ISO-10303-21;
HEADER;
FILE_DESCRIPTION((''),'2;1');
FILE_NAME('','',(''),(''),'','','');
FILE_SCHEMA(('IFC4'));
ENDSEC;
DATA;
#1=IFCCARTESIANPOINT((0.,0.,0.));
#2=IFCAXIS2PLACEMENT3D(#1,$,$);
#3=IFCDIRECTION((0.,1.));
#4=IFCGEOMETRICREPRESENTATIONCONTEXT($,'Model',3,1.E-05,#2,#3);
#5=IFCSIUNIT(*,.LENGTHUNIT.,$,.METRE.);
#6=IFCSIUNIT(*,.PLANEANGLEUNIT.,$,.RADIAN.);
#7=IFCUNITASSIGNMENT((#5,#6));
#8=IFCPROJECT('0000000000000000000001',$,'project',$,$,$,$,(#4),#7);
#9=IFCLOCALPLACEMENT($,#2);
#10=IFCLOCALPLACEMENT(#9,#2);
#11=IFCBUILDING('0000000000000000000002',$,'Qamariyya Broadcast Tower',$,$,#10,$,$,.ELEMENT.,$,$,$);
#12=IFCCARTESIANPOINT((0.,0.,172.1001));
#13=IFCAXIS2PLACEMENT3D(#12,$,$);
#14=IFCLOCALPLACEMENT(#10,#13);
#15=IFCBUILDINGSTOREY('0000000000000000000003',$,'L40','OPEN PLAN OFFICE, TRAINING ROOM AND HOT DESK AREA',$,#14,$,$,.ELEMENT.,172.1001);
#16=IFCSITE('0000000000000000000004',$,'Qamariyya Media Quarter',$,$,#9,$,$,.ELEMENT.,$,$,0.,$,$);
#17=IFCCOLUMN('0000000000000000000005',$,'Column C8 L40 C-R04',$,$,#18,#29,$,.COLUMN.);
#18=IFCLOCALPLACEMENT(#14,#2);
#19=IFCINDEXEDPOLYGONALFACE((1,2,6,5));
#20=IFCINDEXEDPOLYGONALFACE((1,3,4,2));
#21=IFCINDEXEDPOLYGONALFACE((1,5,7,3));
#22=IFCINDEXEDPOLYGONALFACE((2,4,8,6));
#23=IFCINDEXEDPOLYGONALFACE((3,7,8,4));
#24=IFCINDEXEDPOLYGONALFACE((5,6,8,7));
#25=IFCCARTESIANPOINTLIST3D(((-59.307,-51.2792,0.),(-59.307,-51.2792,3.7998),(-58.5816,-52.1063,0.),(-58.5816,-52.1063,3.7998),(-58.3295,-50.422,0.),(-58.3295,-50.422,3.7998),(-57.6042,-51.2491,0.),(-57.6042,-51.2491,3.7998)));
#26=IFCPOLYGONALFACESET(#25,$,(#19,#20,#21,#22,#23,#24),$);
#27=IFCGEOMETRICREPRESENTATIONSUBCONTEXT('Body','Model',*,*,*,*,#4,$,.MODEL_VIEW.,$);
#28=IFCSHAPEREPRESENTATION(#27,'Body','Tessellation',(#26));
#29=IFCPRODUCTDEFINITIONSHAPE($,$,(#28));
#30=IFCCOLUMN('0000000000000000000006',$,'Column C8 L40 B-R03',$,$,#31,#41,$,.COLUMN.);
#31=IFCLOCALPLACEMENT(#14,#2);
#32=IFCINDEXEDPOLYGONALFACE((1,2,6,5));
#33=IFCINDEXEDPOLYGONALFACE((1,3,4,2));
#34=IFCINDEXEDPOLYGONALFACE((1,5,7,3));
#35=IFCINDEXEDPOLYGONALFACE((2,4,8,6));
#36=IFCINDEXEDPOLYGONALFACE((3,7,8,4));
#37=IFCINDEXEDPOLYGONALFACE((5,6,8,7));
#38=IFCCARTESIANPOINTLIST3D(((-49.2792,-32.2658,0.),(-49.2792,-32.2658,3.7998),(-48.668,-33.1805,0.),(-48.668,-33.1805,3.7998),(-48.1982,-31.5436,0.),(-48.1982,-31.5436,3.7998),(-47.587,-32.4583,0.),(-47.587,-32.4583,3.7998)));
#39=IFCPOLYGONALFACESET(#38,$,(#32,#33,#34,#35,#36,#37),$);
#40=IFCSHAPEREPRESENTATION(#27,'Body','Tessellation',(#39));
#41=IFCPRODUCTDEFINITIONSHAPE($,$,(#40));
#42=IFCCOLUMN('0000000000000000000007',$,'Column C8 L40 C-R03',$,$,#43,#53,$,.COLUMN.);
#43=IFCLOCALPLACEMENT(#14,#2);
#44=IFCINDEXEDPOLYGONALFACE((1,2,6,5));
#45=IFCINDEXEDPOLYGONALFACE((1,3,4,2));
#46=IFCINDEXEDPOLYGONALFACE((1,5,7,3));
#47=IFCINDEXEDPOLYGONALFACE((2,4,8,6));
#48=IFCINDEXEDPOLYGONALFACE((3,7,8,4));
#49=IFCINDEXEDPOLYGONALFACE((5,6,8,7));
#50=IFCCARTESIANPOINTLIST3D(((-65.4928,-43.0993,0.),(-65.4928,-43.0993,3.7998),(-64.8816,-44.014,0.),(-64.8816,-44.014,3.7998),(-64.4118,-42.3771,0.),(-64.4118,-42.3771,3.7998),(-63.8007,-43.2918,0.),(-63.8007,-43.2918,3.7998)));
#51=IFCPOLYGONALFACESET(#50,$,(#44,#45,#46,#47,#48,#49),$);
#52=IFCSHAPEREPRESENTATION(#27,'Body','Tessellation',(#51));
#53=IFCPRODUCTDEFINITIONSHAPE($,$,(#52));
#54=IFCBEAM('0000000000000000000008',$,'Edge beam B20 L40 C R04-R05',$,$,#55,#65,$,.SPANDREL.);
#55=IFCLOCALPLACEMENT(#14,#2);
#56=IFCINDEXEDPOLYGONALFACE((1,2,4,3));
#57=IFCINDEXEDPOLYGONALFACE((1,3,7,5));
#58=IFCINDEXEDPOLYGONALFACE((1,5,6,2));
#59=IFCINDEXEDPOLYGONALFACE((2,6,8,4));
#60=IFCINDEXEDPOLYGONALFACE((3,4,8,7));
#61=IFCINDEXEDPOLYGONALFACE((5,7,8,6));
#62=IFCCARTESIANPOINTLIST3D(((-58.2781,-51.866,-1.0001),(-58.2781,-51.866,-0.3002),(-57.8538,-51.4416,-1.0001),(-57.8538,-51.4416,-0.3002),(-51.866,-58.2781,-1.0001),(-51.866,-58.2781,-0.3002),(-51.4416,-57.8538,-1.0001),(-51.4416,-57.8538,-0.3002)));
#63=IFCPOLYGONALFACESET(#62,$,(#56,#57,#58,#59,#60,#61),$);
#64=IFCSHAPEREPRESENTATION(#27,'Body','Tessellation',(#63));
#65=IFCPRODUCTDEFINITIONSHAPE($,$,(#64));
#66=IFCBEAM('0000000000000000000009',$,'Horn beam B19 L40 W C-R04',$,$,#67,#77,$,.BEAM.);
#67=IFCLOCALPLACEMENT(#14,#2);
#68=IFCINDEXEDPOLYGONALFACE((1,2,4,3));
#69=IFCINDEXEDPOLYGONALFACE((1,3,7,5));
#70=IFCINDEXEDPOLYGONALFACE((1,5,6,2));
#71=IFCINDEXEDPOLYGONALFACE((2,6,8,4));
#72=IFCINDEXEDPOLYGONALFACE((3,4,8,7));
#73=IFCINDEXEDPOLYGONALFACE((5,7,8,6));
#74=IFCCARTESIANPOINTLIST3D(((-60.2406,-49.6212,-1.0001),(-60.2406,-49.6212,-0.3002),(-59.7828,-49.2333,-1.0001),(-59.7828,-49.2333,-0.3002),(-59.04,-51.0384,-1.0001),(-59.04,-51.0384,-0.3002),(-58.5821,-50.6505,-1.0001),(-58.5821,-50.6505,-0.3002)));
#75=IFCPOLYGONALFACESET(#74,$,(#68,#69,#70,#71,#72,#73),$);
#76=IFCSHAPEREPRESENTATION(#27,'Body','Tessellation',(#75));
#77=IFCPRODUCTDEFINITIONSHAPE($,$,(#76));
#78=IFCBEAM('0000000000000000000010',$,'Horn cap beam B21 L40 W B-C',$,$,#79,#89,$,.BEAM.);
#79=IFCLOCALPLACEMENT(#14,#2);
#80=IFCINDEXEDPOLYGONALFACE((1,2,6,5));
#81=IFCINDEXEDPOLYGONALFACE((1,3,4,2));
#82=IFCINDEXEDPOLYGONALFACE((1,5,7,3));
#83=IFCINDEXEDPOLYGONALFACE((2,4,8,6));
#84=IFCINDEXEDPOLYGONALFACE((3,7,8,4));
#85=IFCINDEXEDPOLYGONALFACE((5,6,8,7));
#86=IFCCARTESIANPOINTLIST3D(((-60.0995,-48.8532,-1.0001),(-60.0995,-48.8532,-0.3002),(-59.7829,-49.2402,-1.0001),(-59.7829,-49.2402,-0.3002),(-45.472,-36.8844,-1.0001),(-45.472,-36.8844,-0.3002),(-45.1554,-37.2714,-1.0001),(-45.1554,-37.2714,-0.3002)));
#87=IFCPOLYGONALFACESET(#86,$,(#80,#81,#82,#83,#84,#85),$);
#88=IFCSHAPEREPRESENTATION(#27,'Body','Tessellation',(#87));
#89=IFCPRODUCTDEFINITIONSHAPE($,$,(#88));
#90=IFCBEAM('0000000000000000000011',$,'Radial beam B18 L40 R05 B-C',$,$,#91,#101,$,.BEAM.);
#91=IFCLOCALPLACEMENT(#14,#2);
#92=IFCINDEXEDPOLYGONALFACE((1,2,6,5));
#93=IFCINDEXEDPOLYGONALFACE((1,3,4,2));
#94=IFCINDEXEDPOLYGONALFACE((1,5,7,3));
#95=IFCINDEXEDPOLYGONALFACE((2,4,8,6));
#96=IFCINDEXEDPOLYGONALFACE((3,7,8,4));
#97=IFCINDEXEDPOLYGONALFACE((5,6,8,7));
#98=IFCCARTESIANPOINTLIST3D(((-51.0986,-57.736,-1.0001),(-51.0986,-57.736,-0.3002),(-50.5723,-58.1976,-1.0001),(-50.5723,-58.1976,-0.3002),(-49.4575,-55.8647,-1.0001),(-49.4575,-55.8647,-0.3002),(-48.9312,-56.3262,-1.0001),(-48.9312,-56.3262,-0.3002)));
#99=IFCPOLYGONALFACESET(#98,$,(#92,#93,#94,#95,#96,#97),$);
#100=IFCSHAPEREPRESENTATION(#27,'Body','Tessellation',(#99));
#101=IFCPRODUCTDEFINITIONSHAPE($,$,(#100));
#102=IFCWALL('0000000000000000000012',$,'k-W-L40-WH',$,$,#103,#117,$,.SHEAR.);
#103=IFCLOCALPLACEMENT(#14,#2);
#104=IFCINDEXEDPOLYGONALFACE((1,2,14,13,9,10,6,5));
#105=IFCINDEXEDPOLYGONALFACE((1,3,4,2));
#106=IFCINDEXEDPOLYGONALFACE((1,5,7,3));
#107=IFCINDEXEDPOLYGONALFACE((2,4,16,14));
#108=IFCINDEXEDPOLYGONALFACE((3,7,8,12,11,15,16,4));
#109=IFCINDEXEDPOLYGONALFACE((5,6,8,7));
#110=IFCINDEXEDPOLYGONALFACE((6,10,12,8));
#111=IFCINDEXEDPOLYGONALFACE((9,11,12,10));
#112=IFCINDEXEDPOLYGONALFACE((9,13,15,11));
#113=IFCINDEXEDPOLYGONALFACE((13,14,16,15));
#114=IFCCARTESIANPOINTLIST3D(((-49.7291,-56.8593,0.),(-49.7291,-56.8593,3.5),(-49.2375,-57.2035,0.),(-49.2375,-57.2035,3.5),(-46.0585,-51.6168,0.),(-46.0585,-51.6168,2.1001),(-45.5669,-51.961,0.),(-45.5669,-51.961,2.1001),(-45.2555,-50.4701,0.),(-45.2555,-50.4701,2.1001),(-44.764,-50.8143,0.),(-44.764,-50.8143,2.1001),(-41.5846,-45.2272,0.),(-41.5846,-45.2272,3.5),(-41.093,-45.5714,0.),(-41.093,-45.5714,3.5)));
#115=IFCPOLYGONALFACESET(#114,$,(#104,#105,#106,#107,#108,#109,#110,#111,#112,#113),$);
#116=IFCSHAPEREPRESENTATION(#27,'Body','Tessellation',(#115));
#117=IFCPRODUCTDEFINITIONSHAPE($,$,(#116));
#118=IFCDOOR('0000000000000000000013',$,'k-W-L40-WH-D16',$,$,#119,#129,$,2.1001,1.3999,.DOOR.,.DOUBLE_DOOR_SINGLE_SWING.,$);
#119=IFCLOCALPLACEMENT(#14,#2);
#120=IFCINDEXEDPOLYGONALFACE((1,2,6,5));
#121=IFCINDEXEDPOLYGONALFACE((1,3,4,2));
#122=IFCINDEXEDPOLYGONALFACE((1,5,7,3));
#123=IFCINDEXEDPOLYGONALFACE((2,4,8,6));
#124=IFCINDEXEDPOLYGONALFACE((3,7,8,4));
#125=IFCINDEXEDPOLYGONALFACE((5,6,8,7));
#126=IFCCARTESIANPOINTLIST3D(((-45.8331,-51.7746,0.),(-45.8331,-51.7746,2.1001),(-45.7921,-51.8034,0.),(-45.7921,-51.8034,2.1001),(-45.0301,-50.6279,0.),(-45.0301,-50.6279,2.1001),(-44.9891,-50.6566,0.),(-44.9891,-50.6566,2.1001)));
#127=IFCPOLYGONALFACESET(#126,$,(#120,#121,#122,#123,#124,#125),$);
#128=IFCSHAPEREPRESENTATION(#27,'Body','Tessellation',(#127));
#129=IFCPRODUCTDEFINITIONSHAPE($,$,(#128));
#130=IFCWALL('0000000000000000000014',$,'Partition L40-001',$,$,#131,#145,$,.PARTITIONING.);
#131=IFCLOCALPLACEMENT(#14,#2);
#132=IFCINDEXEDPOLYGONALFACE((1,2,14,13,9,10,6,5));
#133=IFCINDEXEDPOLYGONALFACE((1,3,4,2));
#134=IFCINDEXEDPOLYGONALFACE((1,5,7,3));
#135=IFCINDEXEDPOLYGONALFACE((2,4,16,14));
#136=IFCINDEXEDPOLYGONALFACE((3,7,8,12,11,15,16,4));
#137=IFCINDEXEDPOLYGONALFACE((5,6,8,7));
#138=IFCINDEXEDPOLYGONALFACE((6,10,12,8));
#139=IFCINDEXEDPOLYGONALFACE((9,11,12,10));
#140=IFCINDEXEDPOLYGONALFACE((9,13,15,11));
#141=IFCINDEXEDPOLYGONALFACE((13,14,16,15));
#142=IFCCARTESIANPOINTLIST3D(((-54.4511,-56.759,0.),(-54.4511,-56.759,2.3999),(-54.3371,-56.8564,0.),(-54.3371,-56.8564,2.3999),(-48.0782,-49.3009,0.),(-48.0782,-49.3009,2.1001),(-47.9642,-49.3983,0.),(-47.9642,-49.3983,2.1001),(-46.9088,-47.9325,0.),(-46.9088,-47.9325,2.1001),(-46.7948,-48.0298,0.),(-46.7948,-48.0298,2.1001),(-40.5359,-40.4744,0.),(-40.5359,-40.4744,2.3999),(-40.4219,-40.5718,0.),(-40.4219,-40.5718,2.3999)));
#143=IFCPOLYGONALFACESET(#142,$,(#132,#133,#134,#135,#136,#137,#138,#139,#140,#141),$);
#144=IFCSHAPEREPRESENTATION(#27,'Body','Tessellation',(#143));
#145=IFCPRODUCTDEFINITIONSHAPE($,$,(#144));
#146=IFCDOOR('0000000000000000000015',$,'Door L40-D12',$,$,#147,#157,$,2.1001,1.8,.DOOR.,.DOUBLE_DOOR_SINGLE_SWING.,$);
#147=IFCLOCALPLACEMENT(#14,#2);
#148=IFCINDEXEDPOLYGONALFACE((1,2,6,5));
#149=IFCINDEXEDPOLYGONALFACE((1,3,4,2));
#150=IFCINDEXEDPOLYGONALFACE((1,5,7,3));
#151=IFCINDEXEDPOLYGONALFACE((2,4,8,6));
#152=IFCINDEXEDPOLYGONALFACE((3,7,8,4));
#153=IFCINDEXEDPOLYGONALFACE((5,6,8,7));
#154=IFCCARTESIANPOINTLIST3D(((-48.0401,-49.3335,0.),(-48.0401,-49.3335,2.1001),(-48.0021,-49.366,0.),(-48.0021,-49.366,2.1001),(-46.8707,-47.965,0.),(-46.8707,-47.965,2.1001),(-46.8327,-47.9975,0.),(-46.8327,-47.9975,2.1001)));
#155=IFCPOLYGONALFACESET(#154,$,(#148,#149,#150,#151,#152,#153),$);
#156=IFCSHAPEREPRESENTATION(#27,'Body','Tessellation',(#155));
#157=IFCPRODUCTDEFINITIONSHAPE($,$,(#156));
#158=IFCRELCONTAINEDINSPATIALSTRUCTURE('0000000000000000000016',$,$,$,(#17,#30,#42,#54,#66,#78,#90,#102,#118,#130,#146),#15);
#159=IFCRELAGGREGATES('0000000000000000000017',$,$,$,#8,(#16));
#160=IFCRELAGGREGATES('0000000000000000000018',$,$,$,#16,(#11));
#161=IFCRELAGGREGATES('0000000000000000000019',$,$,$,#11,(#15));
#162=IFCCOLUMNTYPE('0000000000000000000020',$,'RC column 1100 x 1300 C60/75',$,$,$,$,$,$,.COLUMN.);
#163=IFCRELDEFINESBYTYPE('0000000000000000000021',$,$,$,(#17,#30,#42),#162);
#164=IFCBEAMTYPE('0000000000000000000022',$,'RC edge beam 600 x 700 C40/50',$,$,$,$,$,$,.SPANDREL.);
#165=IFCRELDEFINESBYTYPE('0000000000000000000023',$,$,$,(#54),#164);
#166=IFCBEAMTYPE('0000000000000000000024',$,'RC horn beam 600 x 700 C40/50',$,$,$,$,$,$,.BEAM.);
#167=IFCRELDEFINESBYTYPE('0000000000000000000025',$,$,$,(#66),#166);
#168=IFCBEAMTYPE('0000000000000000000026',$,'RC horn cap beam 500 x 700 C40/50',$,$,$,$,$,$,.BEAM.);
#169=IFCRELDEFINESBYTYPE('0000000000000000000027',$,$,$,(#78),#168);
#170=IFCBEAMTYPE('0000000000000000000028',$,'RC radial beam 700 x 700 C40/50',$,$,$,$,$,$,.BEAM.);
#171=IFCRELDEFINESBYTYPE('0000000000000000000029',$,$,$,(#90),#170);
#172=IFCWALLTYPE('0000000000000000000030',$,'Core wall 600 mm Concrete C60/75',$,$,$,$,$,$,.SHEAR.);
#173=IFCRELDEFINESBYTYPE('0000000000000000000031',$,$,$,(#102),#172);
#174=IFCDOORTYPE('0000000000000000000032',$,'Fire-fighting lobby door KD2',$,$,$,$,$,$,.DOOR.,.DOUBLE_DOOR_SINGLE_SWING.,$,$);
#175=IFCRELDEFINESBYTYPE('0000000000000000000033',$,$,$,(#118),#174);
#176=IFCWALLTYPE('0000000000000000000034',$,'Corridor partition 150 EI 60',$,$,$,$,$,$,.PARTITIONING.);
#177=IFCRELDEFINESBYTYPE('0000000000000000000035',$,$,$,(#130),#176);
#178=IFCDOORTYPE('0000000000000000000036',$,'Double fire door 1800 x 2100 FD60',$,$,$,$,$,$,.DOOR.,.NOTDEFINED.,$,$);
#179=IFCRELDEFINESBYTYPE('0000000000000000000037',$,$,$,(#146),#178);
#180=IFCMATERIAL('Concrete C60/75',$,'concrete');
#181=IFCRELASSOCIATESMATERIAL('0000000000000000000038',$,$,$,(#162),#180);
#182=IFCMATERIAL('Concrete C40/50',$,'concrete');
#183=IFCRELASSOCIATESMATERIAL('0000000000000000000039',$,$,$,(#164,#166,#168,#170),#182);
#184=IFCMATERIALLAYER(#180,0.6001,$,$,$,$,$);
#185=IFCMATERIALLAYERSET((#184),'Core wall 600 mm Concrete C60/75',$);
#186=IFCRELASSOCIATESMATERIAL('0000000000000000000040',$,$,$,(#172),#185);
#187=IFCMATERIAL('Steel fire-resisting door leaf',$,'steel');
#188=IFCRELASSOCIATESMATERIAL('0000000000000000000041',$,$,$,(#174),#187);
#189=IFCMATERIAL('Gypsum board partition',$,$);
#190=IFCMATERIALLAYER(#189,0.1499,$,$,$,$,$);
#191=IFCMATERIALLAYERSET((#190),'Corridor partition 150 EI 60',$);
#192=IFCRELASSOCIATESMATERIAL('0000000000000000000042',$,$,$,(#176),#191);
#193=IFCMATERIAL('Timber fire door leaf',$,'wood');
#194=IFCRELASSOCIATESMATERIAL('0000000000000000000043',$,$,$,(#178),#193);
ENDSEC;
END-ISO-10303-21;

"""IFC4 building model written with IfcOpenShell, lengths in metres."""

from ifc_helpers import new_model, si_unit, direction, frame, frame_2d, origin, origin_2d, place, context, subcontext, project, spatial, rectangle, extrude, material, layer, layer_set, material_profile, profile_set, type_object, element, fill, save


model = new_model("IFC4")

# Units and contexts
model_context = context("Model", 3, precision=1e-05, world=origin(), true_north=direction((0.0, 1.0)))
body_context = subcontext(model_context, "Body", "Model", "MODEL_VIEW")
ifc_project = project(units=[si_unit("LENGTHUNIT", "METRE"), si_unit("PLANEANGLEUNIT", "RADIAN")], contexts=[model_context])

# Site, building, storey
site_placement = place(None, origin())
site = spatial("IfcSite", under=ifc_project, at=site_placement, Name="Qamariyya Media Quarter", CompositionType="ELEMENT", RefElevation=0.0)
building_placement = place(site_placement, origin())
building = spatial("IfcBuilding", under=site, at=building_placement, Name="Qamariyya Broadcast Tower", CompositionType="ELEMENT")
storey_placement = place(building_placement, frame((0.0, 0.0, 172.1001)))
storey = spatial("IfcBuildingStorey", under=building, at=storey_placement, Name="L40", Description="OPEN PLAN OFFICE, TRAINING ROOM AND HOT DESK AREA", CompositionType="ELEMENT", Elevation=172.1001)

# Columns
ifc_material_1 = material(Name="Concrete C60/75", Category="concrete")
ifc_material_profile_1 = material_profile(ifc_material_1, rectangle(XDim=1.1001, YDim=1.3, at=origin_2d()))
ifc_profile_set_1 = profile_set([ifc_material_profile_1], Name="Concrete C60/75")
column_type = type_object("IfcColumnType", Name="RC column 1100 x 1300 C60/75", PredefinedType="COLUMN", material=ifc_profile_set_1)
for number, where, z_axis, x_axis, name in (
    (1, (-58.4556, -51.2642, 0.0), (0.0, 0.0, 1.0), (0.659346, -0.75184, 0.0), "Column C8 L40 C-R04"),
    (2, (-48.4331, -32.3621, 0.0), (0.0, 0.0, 1.0), (0.55557, -0.83147, 0.0), "Column C8 L40 B-R03"),
    (3, (-64.6467, -43.1956, 0.0), (0.0, 0.0, 1.0), (0.55557, -0.83147, 0.0), "Column C8 L40 C-R03"),
):
    element("IfcColumn", number, at=place(storey_placement, frame(where, z_axis=z_axis, x_axis=x_axis)), inside=storey, type_object=column_type, Name=name, PredefinedType="COLUMN", context=body_context, shape_type="SweptSolid", body=[
        extrude(rectangle(XDim=1.1001, YDim=1.3, at=origin_2d()), origin(), (0.0, 0.0, 1.0), 3.7998),
    ])

# Beams
ifc_material_2 = material(Name="Concrete C40/50", Category="concrete")
ifc_material_profile_2 = material_profile(ifc_material_2, rectangle(XDim=0.6001, YDim=0.7, at=origin_2d()))
ifc_profile_set_2 = profile_set([ifc_material_profile_2], Name="Concrete C40/50")
beam_type_1 = type_object("IfcBeamType", Name="RC edge beam 600 x 700 C40/50", PredefinedType="SPANDREL", material=ifc_profile_set_2)
beam_1_placement = place(storey_placement, frame((-58.0659, -51.6538, -0.6501), z_axis=(0.707107, -0.707107, 0.0), x_axis=(0.707107, 0.707107, 0.0)))
element("IfcBeam", 4, at=beam_1_placement, inside=storey, type_object=beam_type_1, Name="Edge beam B20 L40 C R04-R05", PredefinedType="SPANDREL", context=body_context, shape_type="SweptSolid", body=[
    extrude(rectangle(XDim=0.6001, YDim=0.7, at=origin_2d()), origin(), (0.0, 0.0, 1.0), 9.0681),
])
ifc_material_profile_3 = material_profile(ifc_material_2, rectangle(XDim=0.6001, YDim=0.7, at=origin_2d()))
ifc_profile_set_3 = profile_set([ifc_material_profile_3], Name="Concrete C40/50")
beam_type_2 = type_object("IfcBeamType", Name="RC horn beam 600 x 700 C40/50", PredefinedType="BEAM", material=ifc_profile_set_3)
beam_2_placement = place(storey_placement, frame((-58.811, -50.8445, -0.6501), z_axis=(-0.646408, 0.762992, 0.0), x_axis=(-0.762992, -0.646408, 0.0)))
element("IfcBeam", 5, at=beam_2_placement, inside=storey, type_object=beam_type_2, Name="Horn beam B19 L40 W C-R04", PredefinedType="BEAM", context=body_context, shape_type="SweptSolid", body=[
    extrude(rectangle(XDim=0.6001, YDim=0.7, at=origin_2d()), origin(), (0.0, 0.0, 1.0), 1.8574),
])
ifc_material_profile_4 = material_profile(ifc_material_2, rectangle(XDim=0.5, YDim=0.7, at=origin_2d()))
ifc_profile_set_4 = profile_set([ifc_material_profile_4], Name="Concrete C40/50")
beam_type_3 = type_object("IfcBeamType", Name="RC horn cap beam 500 x 700 C40/50", PredefinedType="BEAM", material=ifc_profile_set_4)
beam_3_placement = place(storey_placement, frame((-45.3137, -37.0779, -0.6501), z_axis=(-0.773935, -0.633265, 0.0), x_axis=(0.633265, -0.773935, 0.0)))
element("IfcBeam", 6, at=beam_3_placement, inside=storey, type_object=beam_type_3, Name="Horn cap beam B21 L40 W B-C", PredefinedType="BEAM", context=body_context, shape_type="SweptSolid", body=[
    extrude(rectangle(XDim=0.5, YDim=0.7, at=origin_2d()), origin(), (0.0, 0.0, 1.0), 18.9001),
])
ifc_material_profile_5 = material_profile(ifc_material_2, rectangle(XDim=0.7, YDim=0.7, at=origin_2d()))
ifc_profile_set_5 = profile_set([ifc_material_profile_5], Name="Concrete C40/50")
beam_type_4 = type_object("IfcBeamType", Name="RC radial beam 700 x 700 C40/50", PredefinedType="BEAM", material=ifc_profile_set_5)
beam_4_placement = place(storey_placement, frame((-49.1943, -56.0955, -0.6501), z_axis=(-0.659344, -0.751841, 0.0), x_axis=(0.751841, -0.659344, 0.0)))
element("IfcBeam", 7, at=beam_4_placement, inside=storey, type_object=beam_type_4, Name="Radial beam B18 L40 R05 B-C", PredefinedType="BEAM", context=body_context, shape_type="SweptSolid", body=[
    extrude(rectangle(XDim=0.7, YDim=0.7, at=origin_2d()), origin(), (0.0, 0.0, 1.0), 2.489),
])

# Walls, openings, doors
ifc_layer_1 = layer(ifc_material_1, 0.6001)
ifc_layer_set_1 = layer_set([ifc_layer_1], Name="Core wall 600 mm Concrete C60/75")
wall_type_1 = type_object("IfcWallType", Name="Core wall 600 mm Concrete C60/75", PredefinedType="SHEAR", material=ifc_layer_set_1)
wall_1_placement = place(storey_placement, frame((-49.4834, -57.0315, 0.0), z_axis=(0.0, 0.0, 1.0), x_axis=(0.57356, 0.819163, 0.0)))
wall_1 = element("IfcWall", 8, at=wall_1_placement, inside=storey, type_object=wall_type_1, Name="k-W-L40-WH", PredefinedType="SHEAR", context=body_context, shape_type="SweptSolid", body=[
    extrude(rectangle(XDim=14.2, YDim=0.6001, at=frame_2d((7.1001, 0.0))), origin(), (0.0, 0.0, 1.0), 3.5),
])
opening_1_placement = place(wall_1_placement, frame((6.3999, 0.0, 0.0)))
opening_1 = element("IfcOpeningElement", 9, at=opening_1_placement, cuts=wall_1, PredefinedType="OPENING", context=body_context, shape_type="SweptSolid", body=[
    extrude(rectangle(XDim=1.3999, YDim=2.1001, at=frame_2d((0.7, 1.05))), frame((0.0, 0.3101, 0.0), z_axis=(0.0, -1.0, 0.0), x_axis=(1.0, 0.0, 0.0)), (0.0, 0.0, 1.0), 0.6201),
])
ifc_material_3 = material(Name="Steel fire-resisting door leaf", Category="steel")
door_type_1 = type_object("IfcDoorType", Name="Fire-fighting lobby door KD2", OperationType="DOUBLE_DOOR_SINGLE_SWING", PredefinedType="DOOR", material=ifc_material_3)
door_1_placement = place(opening_1_placement, origin())
door_1 = element("IfcDoor", 10, at=door_1_placement, inside=storey, type_object=door_type_1, Name="k-W-L40-WH-D16", OperationType="DOUBLE_DOOR_SINGLE_SWING", OverallHeight=2.1001, OverallWidth=1.3999, PredefinedType="DOOR", context=body_context, shape_type="SweptSolid", body=[
    extrude(rectangle(XDim=1.3999, YDim=2.1001, at=frame_2d((0.7, 1.05))), frame((0.0, 0.0249, 0.0), z_axis=(0.0, -1.0, 0.0), x_axis=(1.0, 0.0, 0.0)), (0.0, 0.0, 1.0), 0.05),
])
fill(opening_1, door_1)
ifc_material_4 = material(Name="Gypsum board partition")
ifc_layer_2 = layer(ifc_material_4, 0.1499)
ifc_layer_set_2 = layer_set([ifc_layer_2], Name="Corridor partition 150 EI 60")
wall_type_2 = type_object("IfcWallType", Name="Corridor partition 150 EI 60", PredefinedType="PARTITIONING", material=ifc_layer_set_2)
wall_2_placement = place(storey_placement, frame((-54.394, -56.8076, 0.0), z_axis=(0.0, 0.0, 1.0), x_axis=(0.649633, 0.760248, 0.0)))
wall_2 = element("IfcWall", 11, at=wall_2_placement, inside=storey, type_object=wall_type_2, Name="Partition L40-001", PredefinedType="PARTITIONING", context=body_context, shape_type="SweptSolid", body=[
    extrude(rectangle(XDim=21.4202, YDim=0.1499, at=frame_2d((10.71, 0.0))), origin(), (0.0, 0.0, 1.0), 2.3999),
])
opening_2_placement = place(wall_2_placement, frame((9.8101, 0.0, 0.0)))
opening_2 = element("IfcOpeningElement", 12, at=opening_2_placement, cuts=wall_2, PredefinedType="OPENING", context=body_context, shape_type="SweptSolid", body=[
    extrude(rectangle(XDim=1.8, YDim=2.1001, at=frame_2d((0.8999, 1.05))), frame((0.0, 0.085, 0.0), z_axis=(0.0, -1.0, 0.0), x_axis=(1.0, 0.0, 0.0)), (0.0, 0.0, 1.0), 0.1699),
])
ifc_material_5 = material(Name="Timber fire door leaf", Category="wood")
door_type_2 = type_object("IfcDoorType", Name="Double fire door 1800 x 2100 FD60", OperationType="NOTDEFINED", PredefinedType="DOOR", material=ifc_material_5)
door_2_placement = place(opening_2_placement, origin())
door_2 = element("IfcDoor", 13, at=door_2_placement, inside=storey, type_object=door_type_2, Name="Door L40-D12", OperationType="DOUBLE_DOOR_SINGLE_SWING", OverallHeight=2.1001, OverallWidth=1.8, PredefinedType="DOOR", context=body_context, shape_type="SweptSolid", body=[
    extrude(rectangle(XDim=1.8, YDim=2.1001, at=frame_2d((0.8999, 1.05))), frame((0.0, 0.0249, 0.0), z_axis=(0.0, -1.0, 0.0), x_axis=(1.0, 0.0, 0.0)), (0.0, 0.0, 1.0), 0.05),
])
fill(opening_2, door_2)

save(model, "model.ifc")
